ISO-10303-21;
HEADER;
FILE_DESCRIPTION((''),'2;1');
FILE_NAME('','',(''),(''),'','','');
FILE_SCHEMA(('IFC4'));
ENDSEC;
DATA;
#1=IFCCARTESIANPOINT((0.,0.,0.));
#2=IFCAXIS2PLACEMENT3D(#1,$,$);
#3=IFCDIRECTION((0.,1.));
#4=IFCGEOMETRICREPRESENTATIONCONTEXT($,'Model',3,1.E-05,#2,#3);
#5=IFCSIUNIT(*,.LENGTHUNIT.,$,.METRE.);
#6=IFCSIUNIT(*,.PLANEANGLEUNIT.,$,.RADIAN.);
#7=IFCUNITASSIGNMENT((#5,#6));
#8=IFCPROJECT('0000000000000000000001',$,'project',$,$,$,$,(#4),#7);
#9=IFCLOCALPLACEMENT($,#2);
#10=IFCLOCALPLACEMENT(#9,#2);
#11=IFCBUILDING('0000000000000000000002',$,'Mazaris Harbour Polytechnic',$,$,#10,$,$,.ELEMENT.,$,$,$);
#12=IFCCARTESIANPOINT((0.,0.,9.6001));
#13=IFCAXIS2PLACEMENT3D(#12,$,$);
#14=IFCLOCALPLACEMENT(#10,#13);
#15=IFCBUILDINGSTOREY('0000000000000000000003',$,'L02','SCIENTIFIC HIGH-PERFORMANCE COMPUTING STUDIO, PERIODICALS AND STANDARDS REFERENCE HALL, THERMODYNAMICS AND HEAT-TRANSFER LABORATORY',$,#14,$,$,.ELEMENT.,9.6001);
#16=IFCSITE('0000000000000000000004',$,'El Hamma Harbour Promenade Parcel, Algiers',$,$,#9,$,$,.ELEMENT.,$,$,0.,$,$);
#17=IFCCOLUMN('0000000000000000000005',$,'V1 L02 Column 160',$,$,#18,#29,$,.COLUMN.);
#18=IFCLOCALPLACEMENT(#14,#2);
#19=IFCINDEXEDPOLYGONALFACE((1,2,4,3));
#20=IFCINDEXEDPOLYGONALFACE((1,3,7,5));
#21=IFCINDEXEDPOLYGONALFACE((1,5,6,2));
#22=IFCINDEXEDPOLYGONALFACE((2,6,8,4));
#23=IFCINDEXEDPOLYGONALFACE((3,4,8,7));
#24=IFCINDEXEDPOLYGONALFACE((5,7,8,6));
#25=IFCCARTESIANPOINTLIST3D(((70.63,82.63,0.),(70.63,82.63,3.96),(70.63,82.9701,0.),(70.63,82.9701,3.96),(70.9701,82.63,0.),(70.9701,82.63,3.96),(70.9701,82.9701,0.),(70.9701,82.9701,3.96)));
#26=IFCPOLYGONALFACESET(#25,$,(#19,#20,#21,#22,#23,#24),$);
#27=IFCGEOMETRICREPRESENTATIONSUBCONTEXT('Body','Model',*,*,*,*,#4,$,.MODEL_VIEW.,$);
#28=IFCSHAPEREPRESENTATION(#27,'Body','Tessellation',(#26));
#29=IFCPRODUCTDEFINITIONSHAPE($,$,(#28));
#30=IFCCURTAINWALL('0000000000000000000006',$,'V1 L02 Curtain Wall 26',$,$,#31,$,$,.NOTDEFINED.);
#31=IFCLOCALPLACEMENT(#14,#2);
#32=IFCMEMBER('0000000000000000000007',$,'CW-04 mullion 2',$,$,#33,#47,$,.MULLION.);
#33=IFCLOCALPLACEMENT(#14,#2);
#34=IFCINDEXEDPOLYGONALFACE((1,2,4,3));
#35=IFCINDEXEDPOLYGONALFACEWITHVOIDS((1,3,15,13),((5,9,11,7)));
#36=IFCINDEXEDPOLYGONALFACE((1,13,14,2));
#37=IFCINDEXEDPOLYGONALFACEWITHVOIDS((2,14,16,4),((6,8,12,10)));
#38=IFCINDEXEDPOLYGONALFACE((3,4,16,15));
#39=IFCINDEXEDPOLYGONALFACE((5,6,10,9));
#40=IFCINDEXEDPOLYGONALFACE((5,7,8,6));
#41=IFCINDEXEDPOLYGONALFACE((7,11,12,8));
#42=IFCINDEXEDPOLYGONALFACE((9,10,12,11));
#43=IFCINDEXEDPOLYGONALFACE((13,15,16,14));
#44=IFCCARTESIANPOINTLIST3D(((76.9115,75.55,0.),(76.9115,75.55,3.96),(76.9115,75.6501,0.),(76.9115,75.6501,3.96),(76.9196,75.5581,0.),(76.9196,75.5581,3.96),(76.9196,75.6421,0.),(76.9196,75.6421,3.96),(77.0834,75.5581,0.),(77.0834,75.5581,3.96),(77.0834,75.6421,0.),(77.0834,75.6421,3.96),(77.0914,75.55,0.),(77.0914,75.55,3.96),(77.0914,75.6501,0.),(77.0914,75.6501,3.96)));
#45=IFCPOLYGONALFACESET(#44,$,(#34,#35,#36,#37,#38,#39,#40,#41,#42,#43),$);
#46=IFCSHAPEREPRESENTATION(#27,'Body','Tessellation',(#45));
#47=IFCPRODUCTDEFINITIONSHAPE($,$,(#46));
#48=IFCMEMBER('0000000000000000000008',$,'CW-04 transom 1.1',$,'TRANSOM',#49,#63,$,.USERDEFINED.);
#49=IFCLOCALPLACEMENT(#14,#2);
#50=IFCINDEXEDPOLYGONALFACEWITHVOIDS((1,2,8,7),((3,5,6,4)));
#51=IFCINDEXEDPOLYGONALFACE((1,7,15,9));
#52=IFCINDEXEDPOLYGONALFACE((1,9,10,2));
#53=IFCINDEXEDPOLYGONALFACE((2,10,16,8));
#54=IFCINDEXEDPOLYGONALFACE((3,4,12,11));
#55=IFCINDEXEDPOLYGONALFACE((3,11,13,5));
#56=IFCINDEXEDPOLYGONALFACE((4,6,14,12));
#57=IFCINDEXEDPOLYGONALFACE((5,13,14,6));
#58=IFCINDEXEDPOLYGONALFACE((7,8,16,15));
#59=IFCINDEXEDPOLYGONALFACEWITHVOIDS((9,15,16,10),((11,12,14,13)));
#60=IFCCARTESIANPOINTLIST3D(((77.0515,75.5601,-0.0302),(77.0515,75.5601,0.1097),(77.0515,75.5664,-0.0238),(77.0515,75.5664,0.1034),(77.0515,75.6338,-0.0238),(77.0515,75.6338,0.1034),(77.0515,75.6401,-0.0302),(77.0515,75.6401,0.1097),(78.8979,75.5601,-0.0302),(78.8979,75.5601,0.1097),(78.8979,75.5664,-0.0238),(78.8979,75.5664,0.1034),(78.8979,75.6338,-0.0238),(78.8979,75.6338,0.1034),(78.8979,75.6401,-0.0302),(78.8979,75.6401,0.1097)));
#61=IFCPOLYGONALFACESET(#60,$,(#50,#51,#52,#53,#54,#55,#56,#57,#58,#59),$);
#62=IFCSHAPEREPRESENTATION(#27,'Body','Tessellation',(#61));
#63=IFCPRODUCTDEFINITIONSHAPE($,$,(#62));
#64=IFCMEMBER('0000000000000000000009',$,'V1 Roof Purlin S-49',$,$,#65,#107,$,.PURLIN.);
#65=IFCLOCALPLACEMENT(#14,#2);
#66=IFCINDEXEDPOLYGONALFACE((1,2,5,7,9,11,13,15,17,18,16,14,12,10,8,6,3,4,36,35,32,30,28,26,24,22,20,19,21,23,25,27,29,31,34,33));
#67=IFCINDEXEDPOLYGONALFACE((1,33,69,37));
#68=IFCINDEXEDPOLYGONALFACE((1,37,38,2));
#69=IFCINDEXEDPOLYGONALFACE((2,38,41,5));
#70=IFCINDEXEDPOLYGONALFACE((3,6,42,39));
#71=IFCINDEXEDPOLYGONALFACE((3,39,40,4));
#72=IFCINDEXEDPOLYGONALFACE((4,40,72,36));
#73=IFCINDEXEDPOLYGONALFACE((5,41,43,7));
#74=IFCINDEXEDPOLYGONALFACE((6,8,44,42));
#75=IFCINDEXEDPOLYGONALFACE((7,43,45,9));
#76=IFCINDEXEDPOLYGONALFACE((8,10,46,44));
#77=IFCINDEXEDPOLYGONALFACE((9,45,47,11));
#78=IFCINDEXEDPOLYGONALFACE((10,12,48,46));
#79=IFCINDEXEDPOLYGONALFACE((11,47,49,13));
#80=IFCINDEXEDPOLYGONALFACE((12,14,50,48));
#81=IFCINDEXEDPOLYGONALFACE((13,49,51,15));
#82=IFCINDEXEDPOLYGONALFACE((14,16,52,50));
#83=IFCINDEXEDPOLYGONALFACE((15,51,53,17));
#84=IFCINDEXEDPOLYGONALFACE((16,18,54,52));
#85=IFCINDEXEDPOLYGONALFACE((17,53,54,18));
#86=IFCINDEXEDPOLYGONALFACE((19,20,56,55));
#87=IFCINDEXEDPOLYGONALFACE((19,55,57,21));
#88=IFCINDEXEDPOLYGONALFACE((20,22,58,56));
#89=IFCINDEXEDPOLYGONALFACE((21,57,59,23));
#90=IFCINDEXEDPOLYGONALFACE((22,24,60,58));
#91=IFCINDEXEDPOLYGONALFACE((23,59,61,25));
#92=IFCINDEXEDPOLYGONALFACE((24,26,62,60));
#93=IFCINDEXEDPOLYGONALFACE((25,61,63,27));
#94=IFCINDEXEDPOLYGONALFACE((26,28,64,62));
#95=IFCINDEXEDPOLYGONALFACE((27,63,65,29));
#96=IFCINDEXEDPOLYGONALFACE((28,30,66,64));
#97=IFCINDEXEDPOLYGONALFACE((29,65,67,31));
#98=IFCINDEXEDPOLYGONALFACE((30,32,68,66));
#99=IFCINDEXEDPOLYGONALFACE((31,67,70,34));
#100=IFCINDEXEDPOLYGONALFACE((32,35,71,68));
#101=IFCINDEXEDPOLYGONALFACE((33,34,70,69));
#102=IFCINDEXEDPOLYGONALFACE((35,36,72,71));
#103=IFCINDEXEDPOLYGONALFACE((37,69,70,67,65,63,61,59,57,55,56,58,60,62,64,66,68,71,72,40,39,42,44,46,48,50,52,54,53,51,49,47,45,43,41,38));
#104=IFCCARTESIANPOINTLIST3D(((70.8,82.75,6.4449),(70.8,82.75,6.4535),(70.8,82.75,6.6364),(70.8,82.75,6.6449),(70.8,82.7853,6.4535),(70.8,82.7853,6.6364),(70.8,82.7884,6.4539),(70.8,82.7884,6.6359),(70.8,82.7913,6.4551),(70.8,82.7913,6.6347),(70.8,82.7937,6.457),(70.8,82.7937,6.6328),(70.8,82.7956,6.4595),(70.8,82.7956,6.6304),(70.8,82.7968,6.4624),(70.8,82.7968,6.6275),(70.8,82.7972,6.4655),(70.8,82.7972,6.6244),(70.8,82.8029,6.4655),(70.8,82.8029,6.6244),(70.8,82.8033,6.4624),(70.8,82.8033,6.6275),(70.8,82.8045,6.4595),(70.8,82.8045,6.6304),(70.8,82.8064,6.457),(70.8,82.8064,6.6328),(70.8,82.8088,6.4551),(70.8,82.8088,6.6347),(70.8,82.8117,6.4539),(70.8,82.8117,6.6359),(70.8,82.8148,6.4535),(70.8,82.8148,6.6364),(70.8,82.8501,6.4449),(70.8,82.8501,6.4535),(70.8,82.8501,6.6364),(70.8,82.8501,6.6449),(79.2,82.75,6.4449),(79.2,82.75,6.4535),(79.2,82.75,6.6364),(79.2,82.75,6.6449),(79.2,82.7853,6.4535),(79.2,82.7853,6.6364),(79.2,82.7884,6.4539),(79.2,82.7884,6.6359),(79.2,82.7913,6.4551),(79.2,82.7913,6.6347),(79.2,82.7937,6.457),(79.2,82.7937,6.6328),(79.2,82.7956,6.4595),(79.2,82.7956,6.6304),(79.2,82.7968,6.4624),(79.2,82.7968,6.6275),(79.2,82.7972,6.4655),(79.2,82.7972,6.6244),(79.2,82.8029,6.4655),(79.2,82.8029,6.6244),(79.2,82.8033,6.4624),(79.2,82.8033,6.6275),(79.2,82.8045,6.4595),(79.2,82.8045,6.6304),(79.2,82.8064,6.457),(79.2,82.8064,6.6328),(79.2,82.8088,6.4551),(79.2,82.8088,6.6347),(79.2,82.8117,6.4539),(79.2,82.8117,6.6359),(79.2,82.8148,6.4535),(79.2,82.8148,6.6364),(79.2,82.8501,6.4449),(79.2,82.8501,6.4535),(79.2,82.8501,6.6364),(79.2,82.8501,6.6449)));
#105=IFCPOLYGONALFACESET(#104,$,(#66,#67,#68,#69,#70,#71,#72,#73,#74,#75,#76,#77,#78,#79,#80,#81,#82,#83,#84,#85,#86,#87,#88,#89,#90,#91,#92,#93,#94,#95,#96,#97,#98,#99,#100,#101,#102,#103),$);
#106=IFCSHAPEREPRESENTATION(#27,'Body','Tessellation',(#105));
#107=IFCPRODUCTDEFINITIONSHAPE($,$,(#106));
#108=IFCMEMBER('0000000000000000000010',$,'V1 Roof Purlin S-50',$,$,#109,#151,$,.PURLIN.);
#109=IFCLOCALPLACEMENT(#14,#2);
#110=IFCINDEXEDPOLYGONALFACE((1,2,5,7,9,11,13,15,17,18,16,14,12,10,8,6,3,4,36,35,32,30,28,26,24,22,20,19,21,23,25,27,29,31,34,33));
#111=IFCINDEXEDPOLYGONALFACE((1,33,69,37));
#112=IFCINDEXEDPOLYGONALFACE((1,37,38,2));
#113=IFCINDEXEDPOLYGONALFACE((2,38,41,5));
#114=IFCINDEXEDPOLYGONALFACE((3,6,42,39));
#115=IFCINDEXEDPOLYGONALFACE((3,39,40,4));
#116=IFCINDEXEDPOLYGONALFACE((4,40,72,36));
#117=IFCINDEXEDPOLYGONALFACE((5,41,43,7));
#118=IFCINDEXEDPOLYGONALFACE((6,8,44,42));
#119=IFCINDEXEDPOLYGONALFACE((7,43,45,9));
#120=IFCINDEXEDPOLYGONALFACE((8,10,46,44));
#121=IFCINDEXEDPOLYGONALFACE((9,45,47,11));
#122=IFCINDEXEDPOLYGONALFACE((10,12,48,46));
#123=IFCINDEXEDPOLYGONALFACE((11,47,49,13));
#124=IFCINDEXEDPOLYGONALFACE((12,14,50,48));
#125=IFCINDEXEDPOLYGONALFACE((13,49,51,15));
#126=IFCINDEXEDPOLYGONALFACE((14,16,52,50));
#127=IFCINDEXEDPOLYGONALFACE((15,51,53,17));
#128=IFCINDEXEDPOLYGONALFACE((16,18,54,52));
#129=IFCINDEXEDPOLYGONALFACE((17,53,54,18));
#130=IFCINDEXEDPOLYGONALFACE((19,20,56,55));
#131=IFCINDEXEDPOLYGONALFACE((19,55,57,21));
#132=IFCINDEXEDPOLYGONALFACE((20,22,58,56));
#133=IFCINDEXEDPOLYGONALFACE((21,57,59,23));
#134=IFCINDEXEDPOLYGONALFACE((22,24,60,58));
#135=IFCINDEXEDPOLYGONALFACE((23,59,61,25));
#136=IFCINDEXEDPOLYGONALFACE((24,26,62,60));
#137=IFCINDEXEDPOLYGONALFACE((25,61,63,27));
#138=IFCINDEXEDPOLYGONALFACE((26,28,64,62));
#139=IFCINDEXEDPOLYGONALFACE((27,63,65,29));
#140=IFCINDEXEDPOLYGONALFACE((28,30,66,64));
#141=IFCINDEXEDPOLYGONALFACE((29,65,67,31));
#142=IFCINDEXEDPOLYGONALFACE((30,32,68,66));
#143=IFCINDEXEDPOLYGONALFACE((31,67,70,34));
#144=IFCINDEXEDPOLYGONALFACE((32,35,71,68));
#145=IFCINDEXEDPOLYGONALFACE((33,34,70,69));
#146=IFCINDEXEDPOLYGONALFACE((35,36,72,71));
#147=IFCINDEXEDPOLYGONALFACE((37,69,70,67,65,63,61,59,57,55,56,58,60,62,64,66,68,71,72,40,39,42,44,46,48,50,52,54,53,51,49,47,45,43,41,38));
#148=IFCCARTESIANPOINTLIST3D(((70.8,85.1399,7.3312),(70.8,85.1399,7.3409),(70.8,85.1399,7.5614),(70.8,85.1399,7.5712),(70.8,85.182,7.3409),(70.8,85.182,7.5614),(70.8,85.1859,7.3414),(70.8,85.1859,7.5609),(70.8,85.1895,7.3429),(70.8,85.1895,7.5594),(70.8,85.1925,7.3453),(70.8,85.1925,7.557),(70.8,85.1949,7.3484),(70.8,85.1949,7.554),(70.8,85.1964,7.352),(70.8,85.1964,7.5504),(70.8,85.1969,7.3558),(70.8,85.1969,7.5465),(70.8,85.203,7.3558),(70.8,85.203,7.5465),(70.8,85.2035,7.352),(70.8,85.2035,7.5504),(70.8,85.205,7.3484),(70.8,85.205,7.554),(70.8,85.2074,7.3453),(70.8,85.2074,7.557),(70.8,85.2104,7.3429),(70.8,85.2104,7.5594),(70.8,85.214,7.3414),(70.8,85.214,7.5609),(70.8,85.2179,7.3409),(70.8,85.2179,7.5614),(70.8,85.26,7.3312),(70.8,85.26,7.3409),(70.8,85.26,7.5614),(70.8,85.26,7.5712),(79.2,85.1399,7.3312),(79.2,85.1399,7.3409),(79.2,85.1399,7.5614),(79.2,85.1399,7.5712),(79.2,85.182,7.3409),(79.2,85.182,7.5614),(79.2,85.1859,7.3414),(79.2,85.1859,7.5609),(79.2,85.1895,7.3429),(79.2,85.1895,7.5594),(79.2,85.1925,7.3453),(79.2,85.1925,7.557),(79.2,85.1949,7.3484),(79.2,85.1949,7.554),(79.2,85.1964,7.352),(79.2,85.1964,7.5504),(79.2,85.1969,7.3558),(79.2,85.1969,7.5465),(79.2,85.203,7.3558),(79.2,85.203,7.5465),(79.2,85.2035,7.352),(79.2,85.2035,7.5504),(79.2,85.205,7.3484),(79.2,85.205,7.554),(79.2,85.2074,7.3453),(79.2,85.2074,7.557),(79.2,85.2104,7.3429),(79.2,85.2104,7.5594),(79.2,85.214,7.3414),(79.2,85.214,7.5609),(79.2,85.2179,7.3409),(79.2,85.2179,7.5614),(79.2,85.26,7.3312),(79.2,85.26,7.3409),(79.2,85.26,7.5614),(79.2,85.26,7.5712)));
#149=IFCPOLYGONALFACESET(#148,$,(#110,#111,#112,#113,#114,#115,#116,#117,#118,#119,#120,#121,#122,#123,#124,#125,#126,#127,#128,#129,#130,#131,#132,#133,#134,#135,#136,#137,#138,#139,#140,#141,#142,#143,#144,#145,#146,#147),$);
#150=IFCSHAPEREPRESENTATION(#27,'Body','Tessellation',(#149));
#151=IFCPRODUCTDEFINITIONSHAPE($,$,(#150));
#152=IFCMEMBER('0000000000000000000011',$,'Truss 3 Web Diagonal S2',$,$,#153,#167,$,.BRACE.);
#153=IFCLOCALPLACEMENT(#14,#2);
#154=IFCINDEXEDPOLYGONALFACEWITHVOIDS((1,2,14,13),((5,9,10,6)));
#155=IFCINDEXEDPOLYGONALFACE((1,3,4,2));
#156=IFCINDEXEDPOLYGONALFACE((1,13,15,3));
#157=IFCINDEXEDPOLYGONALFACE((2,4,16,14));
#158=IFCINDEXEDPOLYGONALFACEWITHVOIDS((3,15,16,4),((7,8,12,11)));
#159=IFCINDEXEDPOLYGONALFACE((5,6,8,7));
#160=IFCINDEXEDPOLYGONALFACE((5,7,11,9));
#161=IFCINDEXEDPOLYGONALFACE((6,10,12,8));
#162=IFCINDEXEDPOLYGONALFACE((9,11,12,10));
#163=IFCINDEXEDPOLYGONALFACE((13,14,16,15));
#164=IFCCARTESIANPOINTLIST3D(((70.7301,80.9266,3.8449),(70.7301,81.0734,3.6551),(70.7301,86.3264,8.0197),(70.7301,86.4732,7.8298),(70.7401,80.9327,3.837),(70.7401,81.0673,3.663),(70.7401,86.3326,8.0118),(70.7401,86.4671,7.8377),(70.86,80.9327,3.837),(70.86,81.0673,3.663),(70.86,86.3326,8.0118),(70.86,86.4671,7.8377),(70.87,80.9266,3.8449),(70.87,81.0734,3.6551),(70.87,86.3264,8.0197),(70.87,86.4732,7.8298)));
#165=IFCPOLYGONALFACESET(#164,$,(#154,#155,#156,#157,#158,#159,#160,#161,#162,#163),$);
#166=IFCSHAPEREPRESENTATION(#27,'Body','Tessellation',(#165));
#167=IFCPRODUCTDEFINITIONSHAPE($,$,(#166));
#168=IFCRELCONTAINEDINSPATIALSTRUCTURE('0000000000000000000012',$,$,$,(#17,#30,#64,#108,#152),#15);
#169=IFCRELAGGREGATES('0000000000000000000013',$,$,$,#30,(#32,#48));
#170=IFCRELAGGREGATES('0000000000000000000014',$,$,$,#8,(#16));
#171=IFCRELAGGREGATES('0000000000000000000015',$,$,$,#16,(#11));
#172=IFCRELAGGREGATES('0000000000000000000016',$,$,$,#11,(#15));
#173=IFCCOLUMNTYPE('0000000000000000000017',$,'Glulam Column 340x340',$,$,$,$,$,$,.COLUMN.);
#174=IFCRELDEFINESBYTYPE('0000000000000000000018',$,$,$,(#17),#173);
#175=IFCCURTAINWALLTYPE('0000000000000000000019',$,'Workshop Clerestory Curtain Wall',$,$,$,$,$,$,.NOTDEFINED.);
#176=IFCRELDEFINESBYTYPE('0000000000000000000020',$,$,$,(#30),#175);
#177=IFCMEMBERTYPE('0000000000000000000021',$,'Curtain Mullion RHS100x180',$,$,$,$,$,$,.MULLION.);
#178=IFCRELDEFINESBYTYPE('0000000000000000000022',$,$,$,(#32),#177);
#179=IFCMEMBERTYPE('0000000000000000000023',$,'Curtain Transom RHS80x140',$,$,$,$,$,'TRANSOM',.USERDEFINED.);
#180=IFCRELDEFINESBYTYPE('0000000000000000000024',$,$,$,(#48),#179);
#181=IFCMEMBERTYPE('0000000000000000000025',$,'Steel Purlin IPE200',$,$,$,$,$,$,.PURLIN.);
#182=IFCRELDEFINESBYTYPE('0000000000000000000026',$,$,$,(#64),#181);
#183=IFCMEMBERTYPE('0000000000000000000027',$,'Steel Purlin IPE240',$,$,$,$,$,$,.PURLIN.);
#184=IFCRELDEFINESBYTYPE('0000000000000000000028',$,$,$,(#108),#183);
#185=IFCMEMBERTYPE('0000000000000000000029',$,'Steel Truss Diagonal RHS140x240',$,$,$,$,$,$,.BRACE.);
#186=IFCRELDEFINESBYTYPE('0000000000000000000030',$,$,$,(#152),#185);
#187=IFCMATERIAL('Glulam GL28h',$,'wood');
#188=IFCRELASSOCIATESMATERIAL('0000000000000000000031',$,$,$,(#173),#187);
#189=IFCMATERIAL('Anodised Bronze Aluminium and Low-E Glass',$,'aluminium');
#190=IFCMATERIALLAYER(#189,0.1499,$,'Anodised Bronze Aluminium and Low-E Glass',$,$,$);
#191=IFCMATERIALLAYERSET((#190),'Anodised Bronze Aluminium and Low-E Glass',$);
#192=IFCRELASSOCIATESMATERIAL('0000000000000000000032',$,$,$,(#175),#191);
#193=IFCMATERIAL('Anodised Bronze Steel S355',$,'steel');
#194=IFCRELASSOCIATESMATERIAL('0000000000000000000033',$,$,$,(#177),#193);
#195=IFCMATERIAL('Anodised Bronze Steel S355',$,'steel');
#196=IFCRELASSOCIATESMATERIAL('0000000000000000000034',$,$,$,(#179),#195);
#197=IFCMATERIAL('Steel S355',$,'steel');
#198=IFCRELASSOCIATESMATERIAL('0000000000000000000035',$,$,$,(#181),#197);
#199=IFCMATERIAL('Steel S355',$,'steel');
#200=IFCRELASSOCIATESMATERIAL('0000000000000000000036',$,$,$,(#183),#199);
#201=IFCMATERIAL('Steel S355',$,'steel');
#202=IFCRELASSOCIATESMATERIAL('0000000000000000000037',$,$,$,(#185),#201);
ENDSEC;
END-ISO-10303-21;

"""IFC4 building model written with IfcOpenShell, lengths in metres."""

from ifc_helpers import new_model, si_unit, direction, frame, origin, origin_2d, place, context, subcontext, project, spatial, rectangle, hollow_rectangle, i_section, extrude, material, layer, layer_set, material_profile, profile_set, type_object, element, aggregate, save


model = new_model("IFC4")

# Units and contexts
model_context = context("Model", 3, precision=1e-05, world=origin(), true_north=direction((0.0, 1.0)))
body_context = subcontext(model_context, "Body", "Model", "MODEL_VIEW")
ifc_project = project(units=[si_unit("LENGTHUNIT", "METRE"), si_unit("PLANEANGLEUNIT", "RADIAN")], contexts=[model_context])

# Site, building, storey
site_placement = place(None, origin())
site = spatial("IfcSite", under=ifc_project, at=site_placement, Name="El Hamma Harbour Promenade Parcel, Algiers", CompositionType="ELEMENT", RefElevation=0.0)
building_placement = place(site_placement, origin())
building = spatial("IfcBuilding", under=site, at=building_placement, Name="Mazaris Harbour Polytechnic", CompositionType="ELEMENT")
storey_placement = place(building_placement, frame((0.0, 0.0, 9.6001)))
storey = spatial("IfcBuildingStorey", under=building, at=storey_placement, Name="L02", Description="SCIENTIFIC HIGH-PERFORMANCE COMPUTING STUDIO, PERIODICALS AND STANDARDS REFERENCE HALL, THERMODYNAMICS AND HEAT-TRANSFER LABORATORY", CompositionType="ELEMENT", Elevation=9.6001)

# Column
ifc_material_1 = material(Name="Glulam GL28h", Category="wood")
ifc_material_profile_1 = material_profile(ifc_material_1, rectangle(XDim=0.3401, YDim=0.3401, at=origin_2d()), Name="RECT340x340")
ifc_profile_set_1 = profile_set([ifc_material_profile_1], Name="Glulam GL28h")
column_type = type_object("IfcColumnType", Name="Glulam Column 340x340", PredefinedType="COLUMN", material=ifc_profile_set_1)
column_placement = place(storey_placement, frame((70.8, 82.8, 0.0), z_axis=(0.0, 0.0, 1.0), x_axis=(1.0, 0.0, 0.0)))
element("IfcColumn", 1, at=column_placement, inside=storey, type_object=column_type, Name="V1 L02 Column 160", PredefinedType="COLUMN", context=body_context, shape_type="SweptSolid", body=[
    extrude(rectangle(XDim=0.3401, YDim=0.3401, at=origin_2d()), origin(), (0.0, 0.0, 1.0), 3.96),
])

# Curtain wall, members
ifc_material_2 = material(Name="Anodised Bronze Aluminium and Low-E Glass", Category="aluminium")
ifc_layer_1 = layer(ifc_material_2, 0.1499, Name="Anodised Bronze Aluminium and Low-E Glass")
ifc_layer_set_1 = layer_set([ifc_layer_1], Name="Anodised Bronze Aluminium and Low-E Glass")
curtain_wall_type = type_object("IfcCurtainWallType", Name="Workshop Clerestory Curtain Wall", PredefinedType="NOTDEFINED", material=ifc_layer_set_1)
curtain_wall_placement = place(storey_placement, origin())
curtain_wall = element("IfcCurtainWall", 2, at=curtain_wall_placement, inside=storey, type_object=curtain_wall_type, Name="V1 L02 Curtain Wall 26", PredefinedType="NOTDEFINED")
ifc_material_3 = material(Name="Anodised Bronze Steel S355", Category="steel")
ifc_material_profile_2 = material_profile(ifc_material_3, hollow_rectangle(XDim=0.1001, YDim=0.1799, WallThickness=0.0081, at=origin_2d()), Name="RHS 100x180x8.0")
ifc_profile_set_2 = profile_set([ifc_material_profile_2], Name="Anodised Bronze Steel S355")
member_type_1 = type_object("IfcMemberType", Name="Curtain Mullion RHS100x180", PredefinedType="MULLION", material=ifc_profile_set_2)
member_1_placement = place(storey_placement, frame((77.0015, 75.6001, 0.0), z_axis=(0.0, 0.0, 1.0), x_axis=(0.0, -1.0, 0.0)))
member_1 = element("IfcMember", 3, at=member_1_placement, type_object=member_type_1, Name="CW-04 mullion 2", PredefinedType="MULLION", context=body_context, shape_type="SweptSolid", body=[
    extrude(hollow_rectangle(XDim=0.1001, YDim=0.1799, WallThickness=0.0081, at=origin_2d()), origin(), (0.0, 0.0, 1.0), 3.96),
])
ifc_material_4 = material(Name="Anodised Bronze Steel S355", Category="steel")
ifc_material_profile_3 = material_profile(ifc_material_4, hollow_rectangle(XDim=0.0801, YDim=0.1399, WallThickness=0.0063, at=origin_2d()), Name="RHS 80x140x6.3")
ifc_profile_set_3 = profile_set([ifc_material_profile_3], Name="Anodised Bronze Steel S355")
member_type_2 = type_object("IfcMemberType", Name="Curtain Transom RHS80x140", ElementType="TRANSOM", PredefinedType="USERDEFINED", material=ifc_profile_set_3)
member_2_placement = place(storey_placement, frame((78.8979, 75.6001, 0.0398), z_axis=(-1.0, 0.0, 0.0), x_axis=(0.0, -1.0, 0.0)))
member_2 = element("IfcMember", 4, at=member_2_placement, type_object=member_type_2, Name="CW-04 transom 1.1", ObjectType="TRANSOM", PredefinedType="USERDEFINED", context=body_context, shape_type="SweptSolid", body=[
    extrude(hollow_rectangle(XDim=0.0801, YDim=0.1399, WallThickness=0.0063, at=origin_2d()), origin(), (0.0, 0.0, 1.0), 1.8464),
])

# Members
ifc_material_5 = material(Name="Steel S355", Category="steel")
ifc_material_profile_4 = material_profile(ifc_material_5, i_section(OverallWidth=0.1001, OverallDepth=0.2, WebThickness=0.0056, FlangeThickness=0.0085, FilletRadius=0.012, at=origin_2d()), Name="IPE 200")
ifc_profile_set_4 = profile_set([ifc_material_profile_4], Name="Steel S355")
member_type_3 = type_object("IfcMemberType", Name="Steel Purlin IPE200", PredefinedType="PURLIN", material=ifc_profile_set_4)
member_3_placement = place(storey_placement, frame((70.8, 82.8, 6.5449), z_axis=(1.0, 0.0, 0.0), x_axis=(0.0, 1.0, 0.0)))
element("IfcMember", 5, at=member_3_placement, inside=storey, type_object=member_type_3, Name="V1 Roof Purlin S-49", PredefinedType="PURLIN", context=body_context, shape_type="SweptSolid", body=[
    extrude(i_section(OverallWidth=0.1001, OverallDepth=0.2, WebThickness=0.0056, FlangeThickness=0.0085, FilletRadius=0.012, at=origin_2d()), origin(), (0.0, 0.0, 1.0), 8.3999),
])
ifc_material_6 = material(Name="Steel S355", Category="steel")
ifc_material_profile_5 = material_profile(ifc_material_6, i_section(OverallWidth=0.1201, OverallDepth=0.24, WebThickness=0.0061, FlangeThickness=0.0098, FilletRadius=0.0149, at=origin_2d()), Name="IPE 240")
ifc_profile_set_5 = profile_set([ifc_material_profile_5], Name="Steel S355")
member_type_4 = type_object("IfcMemberType", Name="Steel Purlin IPE240", PredefinedType="PURLIN", material=ifc_profile_set_5)
member_4_placement = place(storey_placement, frame((70.8, 85.2, 7.4512), z_axis=(1.0, 0.0, 0.0), x_axis=(0.0, 1.0, 0.0)))
element("IfcMember", 6, at=member_4_placement, inside=storey, type_object=member_type_4, Name="V1 Roof Purlin S-50", PredefinedType="PURLIN", context=body_context, shape_type="SweptSolid", body=[
    extrude(i_section(OverallWidth=0.1201, OverallDepth=0.24, WebThickness=0.0061, FlangeThickness=0.0098, FilletRadius=0.0149, at=origin_2d()), origin(), (0.0, 0.0, 1.0), 8.3999),
])
ifc_material_7 = material(Name="Steel S355", Category="steel")
ifc_material_profile_6 = material_profile(ifc_material_7, hollow_rectangle(XDim=0.1399, YDim=0.24, WallThickness=0.01, at=origin_2d()), Name="RHS 140x240x10.0")
ifc_profile_set_6 = profile_set([ifc_material_profile_6], Name="Steel S355")
member_type_5 = type_object("IfcMemberType", Name="Steel Truss Diagonal RHS140x240", PredefinedType="BRACE", material=ifc_profile_set_6)
member_5_placement = place(storey_placement, frame((70.8, 81.0, 3.75), z_axis=(0.0, 0.791132, 0.611645), x_axis=(-1.0, 0.0, 0.0)))
element("IfcMember", 7, at=member_5_placement, inside=storey, type_object=member_type_5, Name="Truss 3 Web Diagonal S2", PredefinedType="BRACE", context=body_context, shape_type="SweptSolid", body=[
    extrude(hollow_rectangle(XDim=0.1399, YDim=0.24, WallThickness=0.01, at=origin_2d()), origin(), (0.0, 0.0, 1.0), 6.8254),
])

aggregate(curtain_wall, [member_1, member_2])

save(model, "model.ifc")
